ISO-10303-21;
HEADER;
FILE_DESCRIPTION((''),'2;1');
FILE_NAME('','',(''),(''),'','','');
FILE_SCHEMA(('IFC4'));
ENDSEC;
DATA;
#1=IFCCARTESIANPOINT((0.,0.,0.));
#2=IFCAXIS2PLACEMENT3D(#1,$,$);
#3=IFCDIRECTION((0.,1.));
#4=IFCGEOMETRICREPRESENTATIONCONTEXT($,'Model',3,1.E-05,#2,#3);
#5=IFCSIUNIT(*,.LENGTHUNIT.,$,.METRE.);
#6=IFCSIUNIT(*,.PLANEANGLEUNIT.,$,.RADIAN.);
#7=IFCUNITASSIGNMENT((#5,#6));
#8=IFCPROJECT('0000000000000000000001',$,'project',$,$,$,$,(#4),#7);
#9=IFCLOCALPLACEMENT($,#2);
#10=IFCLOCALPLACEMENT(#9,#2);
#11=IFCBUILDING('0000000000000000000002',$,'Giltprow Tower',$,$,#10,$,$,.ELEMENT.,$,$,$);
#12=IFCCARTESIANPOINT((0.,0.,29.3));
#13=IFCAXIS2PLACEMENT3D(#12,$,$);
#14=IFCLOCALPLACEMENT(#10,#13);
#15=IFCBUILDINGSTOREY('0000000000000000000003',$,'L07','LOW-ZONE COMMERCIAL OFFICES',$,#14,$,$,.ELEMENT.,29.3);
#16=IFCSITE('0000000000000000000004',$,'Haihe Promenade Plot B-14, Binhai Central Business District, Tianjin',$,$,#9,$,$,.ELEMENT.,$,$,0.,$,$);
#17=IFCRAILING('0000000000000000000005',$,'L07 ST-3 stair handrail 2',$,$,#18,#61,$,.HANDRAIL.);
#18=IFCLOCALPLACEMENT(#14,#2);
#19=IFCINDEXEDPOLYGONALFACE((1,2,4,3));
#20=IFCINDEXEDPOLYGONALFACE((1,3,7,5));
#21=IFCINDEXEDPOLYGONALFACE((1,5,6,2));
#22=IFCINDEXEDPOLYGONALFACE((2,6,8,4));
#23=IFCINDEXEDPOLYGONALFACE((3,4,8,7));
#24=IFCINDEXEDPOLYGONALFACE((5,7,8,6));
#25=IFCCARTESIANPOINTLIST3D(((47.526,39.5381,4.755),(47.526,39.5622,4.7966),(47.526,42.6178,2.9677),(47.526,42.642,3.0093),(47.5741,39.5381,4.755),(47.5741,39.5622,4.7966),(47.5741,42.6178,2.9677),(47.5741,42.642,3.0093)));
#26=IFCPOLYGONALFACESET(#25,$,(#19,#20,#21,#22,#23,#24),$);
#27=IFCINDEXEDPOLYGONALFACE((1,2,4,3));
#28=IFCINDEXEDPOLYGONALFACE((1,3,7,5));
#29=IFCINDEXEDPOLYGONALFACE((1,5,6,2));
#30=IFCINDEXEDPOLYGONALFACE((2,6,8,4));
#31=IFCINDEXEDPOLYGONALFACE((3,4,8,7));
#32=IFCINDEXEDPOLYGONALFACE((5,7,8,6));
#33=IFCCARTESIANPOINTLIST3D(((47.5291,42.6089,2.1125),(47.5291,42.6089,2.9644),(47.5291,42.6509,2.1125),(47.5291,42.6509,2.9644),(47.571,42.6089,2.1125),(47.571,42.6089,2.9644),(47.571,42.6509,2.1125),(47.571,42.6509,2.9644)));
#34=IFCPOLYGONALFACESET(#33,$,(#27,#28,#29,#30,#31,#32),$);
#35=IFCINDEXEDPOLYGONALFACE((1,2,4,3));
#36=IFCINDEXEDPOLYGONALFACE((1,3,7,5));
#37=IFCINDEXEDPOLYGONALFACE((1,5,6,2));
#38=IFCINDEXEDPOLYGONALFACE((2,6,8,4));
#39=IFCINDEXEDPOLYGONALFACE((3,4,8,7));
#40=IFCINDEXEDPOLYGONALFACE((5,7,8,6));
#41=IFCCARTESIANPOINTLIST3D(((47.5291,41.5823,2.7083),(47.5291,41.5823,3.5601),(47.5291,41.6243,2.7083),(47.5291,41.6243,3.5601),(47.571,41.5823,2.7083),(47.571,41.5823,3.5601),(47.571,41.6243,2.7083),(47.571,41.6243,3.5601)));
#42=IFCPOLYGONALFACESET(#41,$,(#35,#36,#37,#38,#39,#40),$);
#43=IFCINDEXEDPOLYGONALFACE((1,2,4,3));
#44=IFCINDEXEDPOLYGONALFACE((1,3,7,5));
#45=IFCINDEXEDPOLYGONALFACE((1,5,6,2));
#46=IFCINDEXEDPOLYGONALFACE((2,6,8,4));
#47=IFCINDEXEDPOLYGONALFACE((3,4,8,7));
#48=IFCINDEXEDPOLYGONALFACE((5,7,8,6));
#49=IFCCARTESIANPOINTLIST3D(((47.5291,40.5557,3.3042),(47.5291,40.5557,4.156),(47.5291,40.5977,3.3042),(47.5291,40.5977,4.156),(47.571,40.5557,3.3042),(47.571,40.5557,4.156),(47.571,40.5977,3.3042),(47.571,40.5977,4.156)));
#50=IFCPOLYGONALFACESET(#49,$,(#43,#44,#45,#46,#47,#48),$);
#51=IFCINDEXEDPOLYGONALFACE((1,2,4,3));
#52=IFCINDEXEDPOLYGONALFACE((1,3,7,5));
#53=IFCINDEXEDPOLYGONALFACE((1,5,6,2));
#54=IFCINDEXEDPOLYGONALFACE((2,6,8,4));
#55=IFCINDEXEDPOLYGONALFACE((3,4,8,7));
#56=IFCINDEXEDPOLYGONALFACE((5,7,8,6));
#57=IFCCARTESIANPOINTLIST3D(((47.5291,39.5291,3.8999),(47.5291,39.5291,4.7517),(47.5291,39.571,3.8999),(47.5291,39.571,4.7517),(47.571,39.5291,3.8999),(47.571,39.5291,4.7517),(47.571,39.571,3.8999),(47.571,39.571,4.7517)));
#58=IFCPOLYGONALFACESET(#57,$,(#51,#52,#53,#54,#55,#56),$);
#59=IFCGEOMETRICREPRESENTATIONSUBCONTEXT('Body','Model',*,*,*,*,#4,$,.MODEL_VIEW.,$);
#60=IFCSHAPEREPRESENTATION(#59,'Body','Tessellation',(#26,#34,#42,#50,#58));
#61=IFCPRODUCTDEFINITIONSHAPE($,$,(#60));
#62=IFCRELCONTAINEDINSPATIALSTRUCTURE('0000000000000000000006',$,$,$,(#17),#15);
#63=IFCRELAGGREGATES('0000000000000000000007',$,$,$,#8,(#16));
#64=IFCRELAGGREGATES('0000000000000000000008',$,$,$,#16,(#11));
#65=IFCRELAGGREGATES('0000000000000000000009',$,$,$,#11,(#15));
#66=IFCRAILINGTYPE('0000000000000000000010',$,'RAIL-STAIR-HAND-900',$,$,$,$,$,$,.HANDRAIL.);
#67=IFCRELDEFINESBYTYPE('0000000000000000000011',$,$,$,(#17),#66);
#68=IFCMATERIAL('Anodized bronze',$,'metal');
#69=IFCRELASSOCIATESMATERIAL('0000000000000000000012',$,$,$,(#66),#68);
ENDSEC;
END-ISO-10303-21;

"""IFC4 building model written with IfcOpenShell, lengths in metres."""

from ifc_helpers import new_model, si_unit, direction, frame, origin, origin_2d, place, context, subcontext, project, spatial, rectangle, extrude, material, type_object, element, save


model = new_model("IFC4")

# Units and contexts
model_context = context("Model", 3, precision=1e-05, world=origin(), true_north=direction((0.0, 1.0)))
body_context = subcontext(model_context, "Body", "Model", "MODEL_VIEW")
ifc_project = project(units=[si_unit("LENGTHUNIT", "METRE"), si_unit("PLANEANGLEUNIT", "RADIAN")], contexts=[model_context])

# Site, building, storey
site_placement = place(None, origin())
site = spatial("IfcSite", under=ifc_project, at=site_placement, Name="Haihe Promenade Plot B-14, Binhai Central Business District, Tianjin", CompositionType="ELEMENT", RefElevation=0.0)
building_placement = place(site_placement, origin())
building = spatial("IfcBuilding", under=site, at=building_placement, Name="Giltprow Tower", CompositionType="ELEMENT")
storey_placement = place(building_placement, frame((0.0, 0.0, 29.3)))
storey = spatial("IfcBuildingStorey", under=building, at=storey_placement, Name="L07", Description="LOW-ZONE COMMERCIAL OFFICES", CompositionType="ELEMENT", Elevation=29.3)

# Railing
ifc_material_1 = material(Name="Anodized bronze", Category="metal")
railing_type_1 = type_object("IfcRailingType", Name="RAIL-STAIR-HAND-900", PredefinedType="HANDRAIL", material=ifc_material_1)
railing_1_placement = place(storey_placement, frame((47.55, 42.6299, 2.1125)))
element("IfcRailing", 1, at=railing_1_placement, inside=storey, type_object=railing_type_1, Name="L07 ST-3 stair handrail 2", PredefinedType="HANDRAIL", context=body_context, shape_type="SweptSolid", body=[
    extrude(rectangle(XDim=0.0481, YDim=0.0481, at=origin_2d()), frame((0.0, 0.0, 0.876), z_axis=(0.0, -0.864903, 0.501939), x_axis=(1.0, 0.0, 0.0)), (0.0, 0.0, 1.0), 3.5608),
    extrude(rectangle(XDim=0.042, YDim=0.042, at=origin_2d()), origin(), (0.0, 0.0, 1.0), 0.8518),
    extrude(rectangle(XDim=0.042, YDim=0.042, at=origin_2d()), frame((0.0, -1.0266, 0.5957)), (0.0, 0.0, 1.0), 0.8518),
    extrude(rectangle(XDim=0.042, YDim=0.042, at=origin_2d()), frame((0.0, -2.0532, 1.1917)), (0.0, 0.0, 1.0), 0.8518),
    extrude(rectangle(XDim=0.042, YDim=0.042, at=origin_2d()), frame((0.0, -3.0798, 1.7874)), (0.0, 0.0, 1.0), 0.8518),
])

save(model, "model.ifc")
